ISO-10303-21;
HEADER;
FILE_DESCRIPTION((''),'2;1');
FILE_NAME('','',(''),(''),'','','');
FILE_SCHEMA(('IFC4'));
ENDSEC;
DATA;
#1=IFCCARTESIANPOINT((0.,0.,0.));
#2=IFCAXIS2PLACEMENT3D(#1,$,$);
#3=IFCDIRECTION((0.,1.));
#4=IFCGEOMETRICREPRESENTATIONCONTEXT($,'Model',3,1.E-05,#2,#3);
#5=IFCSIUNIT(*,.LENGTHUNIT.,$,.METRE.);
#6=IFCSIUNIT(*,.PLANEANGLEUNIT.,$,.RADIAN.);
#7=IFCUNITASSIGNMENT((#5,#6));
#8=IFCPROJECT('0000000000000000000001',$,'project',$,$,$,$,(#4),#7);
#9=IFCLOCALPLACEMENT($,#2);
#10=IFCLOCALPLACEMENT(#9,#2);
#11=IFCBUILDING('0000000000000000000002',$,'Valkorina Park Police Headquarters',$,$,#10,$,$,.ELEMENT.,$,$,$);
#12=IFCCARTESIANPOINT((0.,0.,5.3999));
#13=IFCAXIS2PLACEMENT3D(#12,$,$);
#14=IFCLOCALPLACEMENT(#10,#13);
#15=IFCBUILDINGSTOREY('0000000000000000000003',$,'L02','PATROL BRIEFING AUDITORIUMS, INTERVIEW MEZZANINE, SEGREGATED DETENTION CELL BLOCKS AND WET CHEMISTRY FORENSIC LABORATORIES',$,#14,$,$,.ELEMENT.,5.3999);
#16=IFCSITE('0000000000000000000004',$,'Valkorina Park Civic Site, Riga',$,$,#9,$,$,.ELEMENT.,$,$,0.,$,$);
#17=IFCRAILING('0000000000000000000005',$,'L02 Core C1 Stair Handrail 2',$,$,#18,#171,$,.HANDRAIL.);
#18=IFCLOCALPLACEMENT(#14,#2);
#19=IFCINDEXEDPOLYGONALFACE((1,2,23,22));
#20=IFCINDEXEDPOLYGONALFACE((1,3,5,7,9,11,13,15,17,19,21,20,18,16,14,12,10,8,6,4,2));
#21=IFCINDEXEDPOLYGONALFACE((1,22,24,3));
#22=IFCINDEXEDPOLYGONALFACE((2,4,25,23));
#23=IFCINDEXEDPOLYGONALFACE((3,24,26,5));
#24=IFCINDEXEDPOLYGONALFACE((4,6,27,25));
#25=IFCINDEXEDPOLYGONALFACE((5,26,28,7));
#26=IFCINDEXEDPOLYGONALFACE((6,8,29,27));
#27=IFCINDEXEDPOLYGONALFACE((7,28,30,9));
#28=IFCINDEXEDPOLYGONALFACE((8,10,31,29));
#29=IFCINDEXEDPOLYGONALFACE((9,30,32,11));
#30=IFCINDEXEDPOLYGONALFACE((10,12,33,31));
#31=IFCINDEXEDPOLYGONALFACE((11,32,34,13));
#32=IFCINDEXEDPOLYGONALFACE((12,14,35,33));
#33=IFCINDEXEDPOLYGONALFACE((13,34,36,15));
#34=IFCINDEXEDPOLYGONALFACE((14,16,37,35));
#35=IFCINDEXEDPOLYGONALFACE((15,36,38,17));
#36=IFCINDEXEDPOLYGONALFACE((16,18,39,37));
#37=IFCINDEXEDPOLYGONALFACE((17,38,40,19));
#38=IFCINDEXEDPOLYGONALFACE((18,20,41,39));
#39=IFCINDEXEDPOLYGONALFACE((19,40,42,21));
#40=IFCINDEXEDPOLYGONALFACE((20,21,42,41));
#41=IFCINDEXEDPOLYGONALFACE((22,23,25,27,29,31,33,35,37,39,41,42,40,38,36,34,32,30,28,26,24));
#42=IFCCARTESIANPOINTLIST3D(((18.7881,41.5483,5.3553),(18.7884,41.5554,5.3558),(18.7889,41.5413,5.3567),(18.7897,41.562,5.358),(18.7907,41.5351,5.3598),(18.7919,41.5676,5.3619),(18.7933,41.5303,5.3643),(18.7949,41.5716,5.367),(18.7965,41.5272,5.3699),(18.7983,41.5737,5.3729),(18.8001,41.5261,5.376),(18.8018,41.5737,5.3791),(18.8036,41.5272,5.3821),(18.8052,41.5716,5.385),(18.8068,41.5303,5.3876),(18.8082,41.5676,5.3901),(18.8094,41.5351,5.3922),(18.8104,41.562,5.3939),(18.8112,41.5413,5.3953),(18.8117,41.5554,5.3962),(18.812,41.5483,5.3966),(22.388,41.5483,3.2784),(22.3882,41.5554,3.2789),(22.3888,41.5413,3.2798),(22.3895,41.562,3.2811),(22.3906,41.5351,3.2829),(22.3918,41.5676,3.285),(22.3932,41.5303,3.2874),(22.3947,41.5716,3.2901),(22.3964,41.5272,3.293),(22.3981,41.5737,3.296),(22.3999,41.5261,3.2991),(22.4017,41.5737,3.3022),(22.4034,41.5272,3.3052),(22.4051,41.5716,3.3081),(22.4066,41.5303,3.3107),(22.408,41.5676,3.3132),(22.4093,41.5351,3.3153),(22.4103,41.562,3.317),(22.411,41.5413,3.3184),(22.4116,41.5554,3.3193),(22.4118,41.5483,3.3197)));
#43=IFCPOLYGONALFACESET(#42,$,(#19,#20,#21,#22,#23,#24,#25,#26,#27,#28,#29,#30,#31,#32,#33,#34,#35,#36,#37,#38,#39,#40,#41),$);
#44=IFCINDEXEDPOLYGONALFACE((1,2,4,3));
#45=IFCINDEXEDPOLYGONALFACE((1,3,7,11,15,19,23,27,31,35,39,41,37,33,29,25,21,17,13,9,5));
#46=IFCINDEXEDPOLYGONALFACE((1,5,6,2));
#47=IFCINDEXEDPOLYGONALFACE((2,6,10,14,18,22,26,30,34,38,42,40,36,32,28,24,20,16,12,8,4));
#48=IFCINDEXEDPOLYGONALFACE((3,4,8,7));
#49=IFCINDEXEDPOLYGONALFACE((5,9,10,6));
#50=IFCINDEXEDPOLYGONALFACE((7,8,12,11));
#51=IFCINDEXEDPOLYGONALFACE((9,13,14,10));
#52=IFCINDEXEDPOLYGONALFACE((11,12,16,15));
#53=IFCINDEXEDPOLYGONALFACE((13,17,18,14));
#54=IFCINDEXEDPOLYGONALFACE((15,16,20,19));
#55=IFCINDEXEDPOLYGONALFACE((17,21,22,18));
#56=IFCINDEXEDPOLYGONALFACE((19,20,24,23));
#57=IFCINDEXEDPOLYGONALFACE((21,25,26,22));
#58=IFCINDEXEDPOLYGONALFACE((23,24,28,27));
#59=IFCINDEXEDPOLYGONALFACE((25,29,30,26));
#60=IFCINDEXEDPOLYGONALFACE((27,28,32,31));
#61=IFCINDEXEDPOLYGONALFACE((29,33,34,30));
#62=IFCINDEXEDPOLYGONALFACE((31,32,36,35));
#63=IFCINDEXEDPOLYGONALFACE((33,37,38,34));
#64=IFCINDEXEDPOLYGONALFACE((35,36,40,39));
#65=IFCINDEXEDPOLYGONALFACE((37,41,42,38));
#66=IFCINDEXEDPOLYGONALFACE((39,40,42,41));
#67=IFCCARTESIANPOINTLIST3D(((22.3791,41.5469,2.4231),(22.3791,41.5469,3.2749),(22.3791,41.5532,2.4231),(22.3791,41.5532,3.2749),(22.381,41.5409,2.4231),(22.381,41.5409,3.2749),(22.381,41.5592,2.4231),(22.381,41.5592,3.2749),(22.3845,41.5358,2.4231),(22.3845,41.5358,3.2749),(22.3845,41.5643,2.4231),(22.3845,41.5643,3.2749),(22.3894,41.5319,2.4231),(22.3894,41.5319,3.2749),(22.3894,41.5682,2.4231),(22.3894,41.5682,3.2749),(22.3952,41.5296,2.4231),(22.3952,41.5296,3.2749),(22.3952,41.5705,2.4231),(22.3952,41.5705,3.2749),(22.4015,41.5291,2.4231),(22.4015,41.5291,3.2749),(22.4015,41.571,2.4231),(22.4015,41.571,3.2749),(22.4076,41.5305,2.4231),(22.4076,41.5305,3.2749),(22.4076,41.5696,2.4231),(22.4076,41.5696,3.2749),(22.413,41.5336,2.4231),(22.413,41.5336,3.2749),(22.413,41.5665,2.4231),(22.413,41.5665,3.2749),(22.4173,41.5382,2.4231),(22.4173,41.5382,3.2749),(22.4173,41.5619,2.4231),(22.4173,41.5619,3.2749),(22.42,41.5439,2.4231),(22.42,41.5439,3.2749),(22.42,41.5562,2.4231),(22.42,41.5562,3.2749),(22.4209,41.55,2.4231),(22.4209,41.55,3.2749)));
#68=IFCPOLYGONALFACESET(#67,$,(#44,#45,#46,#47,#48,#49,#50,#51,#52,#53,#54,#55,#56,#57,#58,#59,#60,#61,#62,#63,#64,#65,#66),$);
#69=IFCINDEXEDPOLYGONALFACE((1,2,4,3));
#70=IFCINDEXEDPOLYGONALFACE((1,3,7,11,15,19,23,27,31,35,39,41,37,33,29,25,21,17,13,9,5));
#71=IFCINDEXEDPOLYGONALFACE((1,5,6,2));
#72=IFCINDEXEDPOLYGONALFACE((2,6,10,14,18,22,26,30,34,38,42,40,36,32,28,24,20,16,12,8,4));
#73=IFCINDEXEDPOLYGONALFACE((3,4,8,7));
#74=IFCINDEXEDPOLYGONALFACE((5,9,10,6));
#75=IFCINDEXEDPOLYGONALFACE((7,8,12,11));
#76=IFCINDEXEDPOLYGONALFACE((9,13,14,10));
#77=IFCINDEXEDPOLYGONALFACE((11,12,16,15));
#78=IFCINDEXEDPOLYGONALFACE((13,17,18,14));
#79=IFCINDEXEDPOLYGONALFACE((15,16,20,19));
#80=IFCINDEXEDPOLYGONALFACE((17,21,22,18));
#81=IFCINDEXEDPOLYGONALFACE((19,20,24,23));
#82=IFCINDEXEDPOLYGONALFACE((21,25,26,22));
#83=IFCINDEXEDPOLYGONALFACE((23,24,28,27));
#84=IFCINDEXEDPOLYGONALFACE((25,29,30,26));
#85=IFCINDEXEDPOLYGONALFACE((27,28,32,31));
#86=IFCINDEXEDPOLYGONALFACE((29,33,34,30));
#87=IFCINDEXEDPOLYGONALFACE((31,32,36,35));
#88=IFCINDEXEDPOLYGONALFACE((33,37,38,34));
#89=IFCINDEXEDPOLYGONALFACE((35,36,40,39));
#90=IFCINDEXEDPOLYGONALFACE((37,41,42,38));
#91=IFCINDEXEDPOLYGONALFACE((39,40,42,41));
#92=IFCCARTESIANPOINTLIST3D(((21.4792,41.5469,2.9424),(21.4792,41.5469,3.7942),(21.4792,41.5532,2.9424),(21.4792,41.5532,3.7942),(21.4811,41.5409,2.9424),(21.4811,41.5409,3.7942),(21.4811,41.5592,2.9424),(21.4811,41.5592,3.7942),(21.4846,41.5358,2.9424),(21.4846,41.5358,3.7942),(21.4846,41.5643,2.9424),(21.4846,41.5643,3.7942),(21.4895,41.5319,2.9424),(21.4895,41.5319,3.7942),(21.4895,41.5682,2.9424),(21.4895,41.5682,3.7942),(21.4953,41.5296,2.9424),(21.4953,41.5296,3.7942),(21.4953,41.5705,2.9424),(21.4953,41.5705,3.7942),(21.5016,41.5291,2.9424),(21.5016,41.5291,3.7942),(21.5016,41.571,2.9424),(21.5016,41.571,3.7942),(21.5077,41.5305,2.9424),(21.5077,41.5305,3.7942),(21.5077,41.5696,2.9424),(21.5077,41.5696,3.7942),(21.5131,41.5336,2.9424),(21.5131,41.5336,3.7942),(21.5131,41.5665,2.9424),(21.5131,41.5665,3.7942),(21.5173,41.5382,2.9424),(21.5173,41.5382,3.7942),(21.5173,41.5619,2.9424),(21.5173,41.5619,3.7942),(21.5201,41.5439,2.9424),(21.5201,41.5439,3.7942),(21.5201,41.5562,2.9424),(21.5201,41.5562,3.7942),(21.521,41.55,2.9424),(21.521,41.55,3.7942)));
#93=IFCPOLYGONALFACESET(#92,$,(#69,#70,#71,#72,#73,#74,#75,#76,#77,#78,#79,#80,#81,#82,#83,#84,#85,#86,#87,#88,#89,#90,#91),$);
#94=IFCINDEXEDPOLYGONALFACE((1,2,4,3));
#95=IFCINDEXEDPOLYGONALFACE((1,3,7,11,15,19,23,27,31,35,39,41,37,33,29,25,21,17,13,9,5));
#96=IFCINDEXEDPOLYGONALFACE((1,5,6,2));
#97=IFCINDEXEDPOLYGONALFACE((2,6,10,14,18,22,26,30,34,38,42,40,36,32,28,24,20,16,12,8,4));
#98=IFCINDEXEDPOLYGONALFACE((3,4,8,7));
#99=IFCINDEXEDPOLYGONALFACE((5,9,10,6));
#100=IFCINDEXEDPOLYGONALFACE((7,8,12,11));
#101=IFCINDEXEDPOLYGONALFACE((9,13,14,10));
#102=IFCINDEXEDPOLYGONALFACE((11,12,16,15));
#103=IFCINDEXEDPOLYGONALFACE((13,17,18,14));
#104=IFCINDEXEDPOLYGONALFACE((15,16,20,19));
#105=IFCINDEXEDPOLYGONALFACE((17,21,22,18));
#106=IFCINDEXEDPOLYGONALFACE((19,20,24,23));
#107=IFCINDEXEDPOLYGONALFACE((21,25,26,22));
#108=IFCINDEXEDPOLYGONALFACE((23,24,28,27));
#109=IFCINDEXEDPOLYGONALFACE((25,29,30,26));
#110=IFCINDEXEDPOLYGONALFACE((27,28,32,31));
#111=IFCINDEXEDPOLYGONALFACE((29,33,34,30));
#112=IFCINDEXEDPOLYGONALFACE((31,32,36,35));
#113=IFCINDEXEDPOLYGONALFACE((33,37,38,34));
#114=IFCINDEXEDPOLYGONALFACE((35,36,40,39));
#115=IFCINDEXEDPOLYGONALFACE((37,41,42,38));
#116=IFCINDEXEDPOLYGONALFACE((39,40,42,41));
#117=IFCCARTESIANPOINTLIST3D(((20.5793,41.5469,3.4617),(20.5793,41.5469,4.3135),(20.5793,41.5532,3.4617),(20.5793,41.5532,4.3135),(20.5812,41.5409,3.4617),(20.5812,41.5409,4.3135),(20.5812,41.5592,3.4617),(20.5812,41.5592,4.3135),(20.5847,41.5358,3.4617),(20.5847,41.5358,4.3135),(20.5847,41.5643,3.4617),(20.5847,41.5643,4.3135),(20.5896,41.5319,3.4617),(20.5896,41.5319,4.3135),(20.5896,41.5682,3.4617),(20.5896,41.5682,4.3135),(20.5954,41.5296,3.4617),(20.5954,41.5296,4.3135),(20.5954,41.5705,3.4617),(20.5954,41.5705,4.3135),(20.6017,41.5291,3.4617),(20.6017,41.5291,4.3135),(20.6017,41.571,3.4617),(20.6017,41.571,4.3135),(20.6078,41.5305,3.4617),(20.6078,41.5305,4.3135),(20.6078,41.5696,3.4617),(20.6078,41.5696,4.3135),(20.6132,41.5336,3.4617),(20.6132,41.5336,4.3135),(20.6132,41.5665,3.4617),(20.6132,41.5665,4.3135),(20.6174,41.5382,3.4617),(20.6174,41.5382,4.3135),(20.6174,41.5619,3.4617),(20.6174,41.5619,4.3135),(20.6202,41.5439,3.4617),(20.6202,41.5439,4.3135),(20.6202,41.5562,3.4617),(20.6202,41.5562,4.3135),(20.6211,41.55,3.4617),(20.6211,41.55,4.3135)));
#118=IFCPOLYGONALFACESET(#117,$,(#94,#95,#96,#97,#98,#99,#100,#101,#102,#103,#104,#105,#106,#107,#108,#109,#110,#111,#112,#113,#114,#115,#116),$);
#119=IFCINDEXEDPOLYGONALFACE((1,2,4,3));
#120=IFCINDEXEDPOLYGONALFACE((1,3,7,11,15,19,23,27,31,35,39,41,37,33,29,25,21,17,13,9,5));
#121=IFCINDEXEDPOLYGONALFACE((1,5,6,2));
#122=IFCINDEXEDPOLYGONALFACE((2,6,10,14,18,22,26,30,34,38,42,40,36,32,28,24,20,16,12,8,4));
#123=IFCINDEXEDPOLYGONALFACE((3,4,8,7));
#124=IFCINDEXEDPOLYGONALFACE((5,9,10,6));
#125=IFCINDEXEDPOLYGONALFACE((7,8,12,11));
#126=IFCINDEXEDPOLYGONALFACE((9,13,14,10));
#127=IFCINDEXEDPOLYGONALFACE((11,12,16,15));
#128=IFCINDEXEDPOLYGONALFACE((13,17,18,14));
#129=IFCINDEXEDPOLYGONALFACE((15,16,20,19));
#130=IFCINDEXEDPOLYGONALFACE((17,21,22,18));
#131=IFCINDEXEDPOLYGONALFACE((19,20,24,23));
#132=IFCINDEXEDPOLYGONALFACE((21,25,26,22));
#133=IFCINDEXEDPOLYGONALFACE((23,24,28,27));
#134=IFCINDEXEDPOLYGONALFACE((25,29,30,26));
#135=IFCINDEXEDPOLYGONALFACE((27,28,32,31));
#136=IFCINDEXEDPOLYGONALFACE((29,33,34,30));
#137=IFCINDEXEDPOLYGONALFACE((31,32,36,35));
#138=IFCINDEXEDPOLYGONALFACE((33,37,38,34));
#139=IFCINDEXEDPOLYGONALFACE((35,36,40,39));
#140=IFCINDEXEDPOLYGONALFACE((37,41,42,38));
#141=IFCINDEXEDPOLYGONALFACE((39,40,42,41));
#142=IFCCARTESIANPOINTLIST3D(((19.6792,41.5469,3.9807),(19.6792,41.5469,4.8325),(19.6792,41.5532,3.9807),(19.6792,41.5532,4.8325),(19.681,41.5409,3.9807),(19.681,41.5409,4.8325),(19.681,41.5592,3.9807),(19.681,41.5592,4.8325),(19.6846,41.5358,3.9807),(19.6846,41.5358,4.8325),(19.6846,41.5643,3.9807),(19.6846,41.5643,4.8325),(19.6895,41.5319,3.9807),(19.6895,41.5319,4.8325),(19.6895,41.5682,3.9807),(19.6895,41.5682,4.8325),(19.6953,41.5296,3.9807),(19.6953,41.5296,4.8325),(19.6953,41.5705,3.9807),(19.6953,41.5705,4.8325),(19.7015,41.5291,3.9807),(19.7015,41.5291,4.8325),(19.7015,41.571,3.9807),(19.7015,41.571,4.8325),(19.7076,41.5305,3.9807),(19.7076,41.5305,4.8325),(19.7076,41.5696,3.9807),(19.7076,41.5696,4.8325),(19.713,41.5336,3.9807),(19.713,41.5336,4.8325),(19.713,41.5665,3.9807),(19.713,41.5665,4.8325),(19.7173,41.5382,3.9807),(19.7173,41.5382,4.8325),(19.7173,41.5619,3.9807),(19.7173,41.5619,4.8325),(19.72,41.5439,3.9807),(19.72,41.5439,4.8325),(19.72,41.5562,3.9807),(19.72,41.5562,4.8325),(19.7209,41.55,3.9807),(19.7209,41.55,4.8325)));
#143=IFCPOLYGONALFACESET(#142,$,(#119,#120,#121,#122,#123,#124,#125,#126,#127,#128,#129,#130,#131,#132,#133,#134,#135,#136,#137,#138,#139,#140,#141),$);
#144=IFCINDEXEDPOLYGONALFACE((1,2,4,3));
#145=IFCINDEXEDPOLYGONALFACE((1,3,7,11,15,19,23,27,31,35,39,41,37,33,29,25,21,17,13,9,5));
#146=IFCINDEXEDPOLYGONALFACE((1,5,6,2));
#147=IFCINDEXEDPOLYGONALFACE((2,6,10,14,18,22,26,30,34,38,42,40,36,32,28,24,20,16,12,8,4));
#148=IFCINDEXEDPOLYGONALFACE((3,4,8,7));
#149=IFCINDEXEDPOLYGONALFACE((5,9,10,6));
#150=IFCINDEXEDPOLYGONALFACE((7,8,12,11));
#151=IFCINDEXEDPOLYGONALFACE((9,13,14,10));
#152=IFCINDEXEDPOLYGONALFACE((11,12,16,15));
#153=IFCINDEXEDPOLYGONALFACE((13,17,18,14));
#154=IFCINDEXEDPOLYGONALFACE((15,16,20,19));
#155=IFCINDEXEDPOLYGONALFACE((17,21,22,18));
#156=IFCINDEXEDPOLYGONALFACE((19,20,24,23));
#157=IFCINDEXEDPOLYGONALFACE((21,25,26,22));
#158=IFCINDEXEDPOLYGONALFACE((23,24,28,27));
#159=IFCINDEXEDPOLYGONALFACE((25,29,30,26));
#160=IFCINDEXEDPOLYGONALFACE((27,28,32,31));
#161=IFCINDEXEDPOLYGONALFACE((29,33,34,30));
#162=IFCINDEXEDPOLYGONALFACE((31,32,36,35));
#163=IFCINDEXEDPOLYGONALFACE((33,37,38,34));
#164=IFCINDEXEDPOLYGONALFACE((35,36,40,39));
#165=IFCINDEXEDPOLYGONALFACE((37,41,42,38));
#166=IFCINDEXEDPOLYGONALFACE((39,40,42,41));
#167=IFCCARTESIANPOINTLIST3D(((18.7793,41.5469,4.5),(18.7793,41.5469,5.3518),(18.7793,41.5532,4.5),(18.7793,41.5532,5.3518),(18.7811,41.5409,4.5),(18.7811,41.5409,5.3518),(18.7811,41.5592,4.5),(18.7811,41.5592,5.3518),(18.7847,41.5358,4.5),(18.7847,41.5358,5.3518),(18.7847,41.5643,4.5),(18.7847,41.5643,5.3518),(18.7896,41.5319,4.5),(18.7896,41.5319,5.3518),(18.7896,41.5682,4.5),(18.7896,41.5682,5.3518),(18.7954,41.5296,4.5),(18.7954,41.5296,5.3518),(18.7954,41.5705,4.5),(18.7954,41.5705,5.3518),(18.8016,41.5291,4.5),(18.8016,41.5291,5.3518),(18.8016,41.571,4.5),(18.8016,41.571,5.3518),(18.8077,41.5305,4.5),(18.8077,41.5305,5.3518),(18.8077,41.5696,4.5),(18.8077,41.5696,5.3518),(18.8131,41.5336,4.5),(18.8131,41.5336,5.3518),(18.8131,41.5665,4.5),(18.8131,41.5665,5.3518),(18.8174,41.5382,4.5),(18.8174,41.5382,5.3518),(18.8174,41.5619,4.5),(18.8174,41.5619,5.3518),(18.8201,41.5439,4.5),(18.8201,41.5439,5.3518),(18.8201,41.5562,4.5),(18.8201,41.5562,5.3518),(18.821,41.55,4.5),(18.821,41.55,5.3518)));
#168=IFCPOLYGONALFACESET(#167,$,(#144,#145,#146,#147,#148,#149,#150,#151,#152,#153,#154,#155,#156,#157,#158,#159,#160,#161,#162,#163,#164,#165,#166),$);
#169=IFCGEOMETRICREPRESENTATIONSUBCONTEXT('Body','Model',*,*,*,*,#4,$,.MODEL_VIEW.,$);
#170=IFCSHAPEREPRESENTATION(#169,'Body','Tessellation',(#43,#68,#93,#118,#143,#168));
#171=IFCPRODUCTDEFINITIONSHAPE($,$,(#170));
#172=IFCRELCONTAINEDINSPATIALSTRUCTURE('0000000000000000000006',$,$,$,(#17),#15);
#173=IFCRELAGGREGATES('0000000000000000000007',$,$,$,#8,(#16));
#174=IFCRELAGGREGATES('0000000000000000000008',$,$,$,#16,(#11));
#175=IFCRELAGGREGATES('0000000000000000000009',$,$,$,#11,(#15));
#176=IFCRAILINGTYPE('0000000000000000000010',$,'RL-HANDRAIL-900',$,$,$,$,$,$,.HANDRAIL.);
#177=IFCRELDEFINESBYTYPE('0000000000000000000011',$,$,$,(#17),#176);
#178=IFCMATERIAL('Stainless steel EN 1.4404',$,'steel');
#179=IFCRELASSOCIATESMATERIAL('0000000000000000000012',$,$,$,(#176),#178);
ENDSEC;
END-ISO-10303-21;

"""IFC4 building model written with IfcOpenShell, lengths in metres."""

from ifc_helpers import new_model, si_unit, direction, frame, origin, origin_2d, place, context, subcontext, project, spatial, circle, extrude, material, type_object, element, save


model = new_model("IFC4")

# Units and contexts
model_context = context("Model", 3, precision=1e-05, world=origin(), true_north=direction((0.0, 1.0)))
body_context = subcontext(model_context, "Body", "Model", "MODEL_VIEW")
ifc_project = project(units=[si_unit("LENGTHUNIT", "METRE"), si_unit("PLANEANGLEUNIT", "RADIAN")], contexts=[model_context])

# Site, building, storey
site_placement = place(None, origin())
site = spatial("IfcSite", under=ifc_project, at=site_placement, Name="Valkorina Park Civic Site, Riga", CompositionType="ELEMENT", RefElevation=0.0)
building_placement = place(site_placement, origin())
building = spatial("IfcBuilding", under=site, at=building_placement, Name="Valkorina Park Police Headquarters", CompositionType="ELEMENT")
storey_placement = place(building_placement, frame((0.0, 0.0, 5.3999)))
storey = spatial("IfcBuildingStorey", under=building, at=storey_placement, Name="L02", Description="PATROL BRIEFING AUDITORIUMS, INTERVIEW MEZZANINE, SEGREGATED DETENTION CELL BLOCKS AND WET CHEMISTRY FORENSIC LABORATORIES", CompositionType="ELEMENT", Elevation=5.3999)

# Shared definitions
ifc_material_1 = material(Name="Stainless steel EN 1.4404", Category="steel")

# Railing
railing_type_1 = type_object("IfcRailingType", Name="RL-HANDRAIL-900", PredefinedType="HANDRAIL", material=ifc_material_1)
railing_1_placement = place(storey_placement, frame((22.3999, 41.55, 2.4231)))
element("IfcRailing", 1, at=railing_1_placement, inside=storey, type_object=railing_type_1, Name="L02 Core C1 Stair Handrail 2", PredefinedType="HANDRAIL", context=body_context, shape_type="SweptSolid", body=[
    extrude(circle(Radius=0.0239, at=origin_2d()), frame((0.0, 0.0, 0.876), z_axis=(-0.866179, 0.0, 0.499734), x_axis=(0.0, -1.0, 0.0)), (0.0, 0.0, 1.0), 4.156),
    extrude(circle(Radius=0.021, at=origin_2d()), origin(), (0.0, 0.0, 1.0), 0.8518),
    extrude(circle(Radius=0.021, at=origin_2d()), frame((-0.8999, 0.0, 0.5193)), (0.0, 0.0, 1.0), 0.8518),
    extrude(circle(Radius=0.021, at=origin_2d()), frame((-1.7998, 0.0, 1.0386)), (0.0, 0.0, 1.0), 0.8518),
    extrude(circle(Radius=0.021, at=origin_2d()), frame((-2.7, 0.0, 1.5576)), (0.0, 0.0, 1.0), 0.8518),
    extrude(circle(Radius=0.021, at=origin_2d()), frame((-3.5999, 0.0, 2.0769)), (0.0, 0.0, 1.0), 0.8518),
])

save(model, "model.ifc")
